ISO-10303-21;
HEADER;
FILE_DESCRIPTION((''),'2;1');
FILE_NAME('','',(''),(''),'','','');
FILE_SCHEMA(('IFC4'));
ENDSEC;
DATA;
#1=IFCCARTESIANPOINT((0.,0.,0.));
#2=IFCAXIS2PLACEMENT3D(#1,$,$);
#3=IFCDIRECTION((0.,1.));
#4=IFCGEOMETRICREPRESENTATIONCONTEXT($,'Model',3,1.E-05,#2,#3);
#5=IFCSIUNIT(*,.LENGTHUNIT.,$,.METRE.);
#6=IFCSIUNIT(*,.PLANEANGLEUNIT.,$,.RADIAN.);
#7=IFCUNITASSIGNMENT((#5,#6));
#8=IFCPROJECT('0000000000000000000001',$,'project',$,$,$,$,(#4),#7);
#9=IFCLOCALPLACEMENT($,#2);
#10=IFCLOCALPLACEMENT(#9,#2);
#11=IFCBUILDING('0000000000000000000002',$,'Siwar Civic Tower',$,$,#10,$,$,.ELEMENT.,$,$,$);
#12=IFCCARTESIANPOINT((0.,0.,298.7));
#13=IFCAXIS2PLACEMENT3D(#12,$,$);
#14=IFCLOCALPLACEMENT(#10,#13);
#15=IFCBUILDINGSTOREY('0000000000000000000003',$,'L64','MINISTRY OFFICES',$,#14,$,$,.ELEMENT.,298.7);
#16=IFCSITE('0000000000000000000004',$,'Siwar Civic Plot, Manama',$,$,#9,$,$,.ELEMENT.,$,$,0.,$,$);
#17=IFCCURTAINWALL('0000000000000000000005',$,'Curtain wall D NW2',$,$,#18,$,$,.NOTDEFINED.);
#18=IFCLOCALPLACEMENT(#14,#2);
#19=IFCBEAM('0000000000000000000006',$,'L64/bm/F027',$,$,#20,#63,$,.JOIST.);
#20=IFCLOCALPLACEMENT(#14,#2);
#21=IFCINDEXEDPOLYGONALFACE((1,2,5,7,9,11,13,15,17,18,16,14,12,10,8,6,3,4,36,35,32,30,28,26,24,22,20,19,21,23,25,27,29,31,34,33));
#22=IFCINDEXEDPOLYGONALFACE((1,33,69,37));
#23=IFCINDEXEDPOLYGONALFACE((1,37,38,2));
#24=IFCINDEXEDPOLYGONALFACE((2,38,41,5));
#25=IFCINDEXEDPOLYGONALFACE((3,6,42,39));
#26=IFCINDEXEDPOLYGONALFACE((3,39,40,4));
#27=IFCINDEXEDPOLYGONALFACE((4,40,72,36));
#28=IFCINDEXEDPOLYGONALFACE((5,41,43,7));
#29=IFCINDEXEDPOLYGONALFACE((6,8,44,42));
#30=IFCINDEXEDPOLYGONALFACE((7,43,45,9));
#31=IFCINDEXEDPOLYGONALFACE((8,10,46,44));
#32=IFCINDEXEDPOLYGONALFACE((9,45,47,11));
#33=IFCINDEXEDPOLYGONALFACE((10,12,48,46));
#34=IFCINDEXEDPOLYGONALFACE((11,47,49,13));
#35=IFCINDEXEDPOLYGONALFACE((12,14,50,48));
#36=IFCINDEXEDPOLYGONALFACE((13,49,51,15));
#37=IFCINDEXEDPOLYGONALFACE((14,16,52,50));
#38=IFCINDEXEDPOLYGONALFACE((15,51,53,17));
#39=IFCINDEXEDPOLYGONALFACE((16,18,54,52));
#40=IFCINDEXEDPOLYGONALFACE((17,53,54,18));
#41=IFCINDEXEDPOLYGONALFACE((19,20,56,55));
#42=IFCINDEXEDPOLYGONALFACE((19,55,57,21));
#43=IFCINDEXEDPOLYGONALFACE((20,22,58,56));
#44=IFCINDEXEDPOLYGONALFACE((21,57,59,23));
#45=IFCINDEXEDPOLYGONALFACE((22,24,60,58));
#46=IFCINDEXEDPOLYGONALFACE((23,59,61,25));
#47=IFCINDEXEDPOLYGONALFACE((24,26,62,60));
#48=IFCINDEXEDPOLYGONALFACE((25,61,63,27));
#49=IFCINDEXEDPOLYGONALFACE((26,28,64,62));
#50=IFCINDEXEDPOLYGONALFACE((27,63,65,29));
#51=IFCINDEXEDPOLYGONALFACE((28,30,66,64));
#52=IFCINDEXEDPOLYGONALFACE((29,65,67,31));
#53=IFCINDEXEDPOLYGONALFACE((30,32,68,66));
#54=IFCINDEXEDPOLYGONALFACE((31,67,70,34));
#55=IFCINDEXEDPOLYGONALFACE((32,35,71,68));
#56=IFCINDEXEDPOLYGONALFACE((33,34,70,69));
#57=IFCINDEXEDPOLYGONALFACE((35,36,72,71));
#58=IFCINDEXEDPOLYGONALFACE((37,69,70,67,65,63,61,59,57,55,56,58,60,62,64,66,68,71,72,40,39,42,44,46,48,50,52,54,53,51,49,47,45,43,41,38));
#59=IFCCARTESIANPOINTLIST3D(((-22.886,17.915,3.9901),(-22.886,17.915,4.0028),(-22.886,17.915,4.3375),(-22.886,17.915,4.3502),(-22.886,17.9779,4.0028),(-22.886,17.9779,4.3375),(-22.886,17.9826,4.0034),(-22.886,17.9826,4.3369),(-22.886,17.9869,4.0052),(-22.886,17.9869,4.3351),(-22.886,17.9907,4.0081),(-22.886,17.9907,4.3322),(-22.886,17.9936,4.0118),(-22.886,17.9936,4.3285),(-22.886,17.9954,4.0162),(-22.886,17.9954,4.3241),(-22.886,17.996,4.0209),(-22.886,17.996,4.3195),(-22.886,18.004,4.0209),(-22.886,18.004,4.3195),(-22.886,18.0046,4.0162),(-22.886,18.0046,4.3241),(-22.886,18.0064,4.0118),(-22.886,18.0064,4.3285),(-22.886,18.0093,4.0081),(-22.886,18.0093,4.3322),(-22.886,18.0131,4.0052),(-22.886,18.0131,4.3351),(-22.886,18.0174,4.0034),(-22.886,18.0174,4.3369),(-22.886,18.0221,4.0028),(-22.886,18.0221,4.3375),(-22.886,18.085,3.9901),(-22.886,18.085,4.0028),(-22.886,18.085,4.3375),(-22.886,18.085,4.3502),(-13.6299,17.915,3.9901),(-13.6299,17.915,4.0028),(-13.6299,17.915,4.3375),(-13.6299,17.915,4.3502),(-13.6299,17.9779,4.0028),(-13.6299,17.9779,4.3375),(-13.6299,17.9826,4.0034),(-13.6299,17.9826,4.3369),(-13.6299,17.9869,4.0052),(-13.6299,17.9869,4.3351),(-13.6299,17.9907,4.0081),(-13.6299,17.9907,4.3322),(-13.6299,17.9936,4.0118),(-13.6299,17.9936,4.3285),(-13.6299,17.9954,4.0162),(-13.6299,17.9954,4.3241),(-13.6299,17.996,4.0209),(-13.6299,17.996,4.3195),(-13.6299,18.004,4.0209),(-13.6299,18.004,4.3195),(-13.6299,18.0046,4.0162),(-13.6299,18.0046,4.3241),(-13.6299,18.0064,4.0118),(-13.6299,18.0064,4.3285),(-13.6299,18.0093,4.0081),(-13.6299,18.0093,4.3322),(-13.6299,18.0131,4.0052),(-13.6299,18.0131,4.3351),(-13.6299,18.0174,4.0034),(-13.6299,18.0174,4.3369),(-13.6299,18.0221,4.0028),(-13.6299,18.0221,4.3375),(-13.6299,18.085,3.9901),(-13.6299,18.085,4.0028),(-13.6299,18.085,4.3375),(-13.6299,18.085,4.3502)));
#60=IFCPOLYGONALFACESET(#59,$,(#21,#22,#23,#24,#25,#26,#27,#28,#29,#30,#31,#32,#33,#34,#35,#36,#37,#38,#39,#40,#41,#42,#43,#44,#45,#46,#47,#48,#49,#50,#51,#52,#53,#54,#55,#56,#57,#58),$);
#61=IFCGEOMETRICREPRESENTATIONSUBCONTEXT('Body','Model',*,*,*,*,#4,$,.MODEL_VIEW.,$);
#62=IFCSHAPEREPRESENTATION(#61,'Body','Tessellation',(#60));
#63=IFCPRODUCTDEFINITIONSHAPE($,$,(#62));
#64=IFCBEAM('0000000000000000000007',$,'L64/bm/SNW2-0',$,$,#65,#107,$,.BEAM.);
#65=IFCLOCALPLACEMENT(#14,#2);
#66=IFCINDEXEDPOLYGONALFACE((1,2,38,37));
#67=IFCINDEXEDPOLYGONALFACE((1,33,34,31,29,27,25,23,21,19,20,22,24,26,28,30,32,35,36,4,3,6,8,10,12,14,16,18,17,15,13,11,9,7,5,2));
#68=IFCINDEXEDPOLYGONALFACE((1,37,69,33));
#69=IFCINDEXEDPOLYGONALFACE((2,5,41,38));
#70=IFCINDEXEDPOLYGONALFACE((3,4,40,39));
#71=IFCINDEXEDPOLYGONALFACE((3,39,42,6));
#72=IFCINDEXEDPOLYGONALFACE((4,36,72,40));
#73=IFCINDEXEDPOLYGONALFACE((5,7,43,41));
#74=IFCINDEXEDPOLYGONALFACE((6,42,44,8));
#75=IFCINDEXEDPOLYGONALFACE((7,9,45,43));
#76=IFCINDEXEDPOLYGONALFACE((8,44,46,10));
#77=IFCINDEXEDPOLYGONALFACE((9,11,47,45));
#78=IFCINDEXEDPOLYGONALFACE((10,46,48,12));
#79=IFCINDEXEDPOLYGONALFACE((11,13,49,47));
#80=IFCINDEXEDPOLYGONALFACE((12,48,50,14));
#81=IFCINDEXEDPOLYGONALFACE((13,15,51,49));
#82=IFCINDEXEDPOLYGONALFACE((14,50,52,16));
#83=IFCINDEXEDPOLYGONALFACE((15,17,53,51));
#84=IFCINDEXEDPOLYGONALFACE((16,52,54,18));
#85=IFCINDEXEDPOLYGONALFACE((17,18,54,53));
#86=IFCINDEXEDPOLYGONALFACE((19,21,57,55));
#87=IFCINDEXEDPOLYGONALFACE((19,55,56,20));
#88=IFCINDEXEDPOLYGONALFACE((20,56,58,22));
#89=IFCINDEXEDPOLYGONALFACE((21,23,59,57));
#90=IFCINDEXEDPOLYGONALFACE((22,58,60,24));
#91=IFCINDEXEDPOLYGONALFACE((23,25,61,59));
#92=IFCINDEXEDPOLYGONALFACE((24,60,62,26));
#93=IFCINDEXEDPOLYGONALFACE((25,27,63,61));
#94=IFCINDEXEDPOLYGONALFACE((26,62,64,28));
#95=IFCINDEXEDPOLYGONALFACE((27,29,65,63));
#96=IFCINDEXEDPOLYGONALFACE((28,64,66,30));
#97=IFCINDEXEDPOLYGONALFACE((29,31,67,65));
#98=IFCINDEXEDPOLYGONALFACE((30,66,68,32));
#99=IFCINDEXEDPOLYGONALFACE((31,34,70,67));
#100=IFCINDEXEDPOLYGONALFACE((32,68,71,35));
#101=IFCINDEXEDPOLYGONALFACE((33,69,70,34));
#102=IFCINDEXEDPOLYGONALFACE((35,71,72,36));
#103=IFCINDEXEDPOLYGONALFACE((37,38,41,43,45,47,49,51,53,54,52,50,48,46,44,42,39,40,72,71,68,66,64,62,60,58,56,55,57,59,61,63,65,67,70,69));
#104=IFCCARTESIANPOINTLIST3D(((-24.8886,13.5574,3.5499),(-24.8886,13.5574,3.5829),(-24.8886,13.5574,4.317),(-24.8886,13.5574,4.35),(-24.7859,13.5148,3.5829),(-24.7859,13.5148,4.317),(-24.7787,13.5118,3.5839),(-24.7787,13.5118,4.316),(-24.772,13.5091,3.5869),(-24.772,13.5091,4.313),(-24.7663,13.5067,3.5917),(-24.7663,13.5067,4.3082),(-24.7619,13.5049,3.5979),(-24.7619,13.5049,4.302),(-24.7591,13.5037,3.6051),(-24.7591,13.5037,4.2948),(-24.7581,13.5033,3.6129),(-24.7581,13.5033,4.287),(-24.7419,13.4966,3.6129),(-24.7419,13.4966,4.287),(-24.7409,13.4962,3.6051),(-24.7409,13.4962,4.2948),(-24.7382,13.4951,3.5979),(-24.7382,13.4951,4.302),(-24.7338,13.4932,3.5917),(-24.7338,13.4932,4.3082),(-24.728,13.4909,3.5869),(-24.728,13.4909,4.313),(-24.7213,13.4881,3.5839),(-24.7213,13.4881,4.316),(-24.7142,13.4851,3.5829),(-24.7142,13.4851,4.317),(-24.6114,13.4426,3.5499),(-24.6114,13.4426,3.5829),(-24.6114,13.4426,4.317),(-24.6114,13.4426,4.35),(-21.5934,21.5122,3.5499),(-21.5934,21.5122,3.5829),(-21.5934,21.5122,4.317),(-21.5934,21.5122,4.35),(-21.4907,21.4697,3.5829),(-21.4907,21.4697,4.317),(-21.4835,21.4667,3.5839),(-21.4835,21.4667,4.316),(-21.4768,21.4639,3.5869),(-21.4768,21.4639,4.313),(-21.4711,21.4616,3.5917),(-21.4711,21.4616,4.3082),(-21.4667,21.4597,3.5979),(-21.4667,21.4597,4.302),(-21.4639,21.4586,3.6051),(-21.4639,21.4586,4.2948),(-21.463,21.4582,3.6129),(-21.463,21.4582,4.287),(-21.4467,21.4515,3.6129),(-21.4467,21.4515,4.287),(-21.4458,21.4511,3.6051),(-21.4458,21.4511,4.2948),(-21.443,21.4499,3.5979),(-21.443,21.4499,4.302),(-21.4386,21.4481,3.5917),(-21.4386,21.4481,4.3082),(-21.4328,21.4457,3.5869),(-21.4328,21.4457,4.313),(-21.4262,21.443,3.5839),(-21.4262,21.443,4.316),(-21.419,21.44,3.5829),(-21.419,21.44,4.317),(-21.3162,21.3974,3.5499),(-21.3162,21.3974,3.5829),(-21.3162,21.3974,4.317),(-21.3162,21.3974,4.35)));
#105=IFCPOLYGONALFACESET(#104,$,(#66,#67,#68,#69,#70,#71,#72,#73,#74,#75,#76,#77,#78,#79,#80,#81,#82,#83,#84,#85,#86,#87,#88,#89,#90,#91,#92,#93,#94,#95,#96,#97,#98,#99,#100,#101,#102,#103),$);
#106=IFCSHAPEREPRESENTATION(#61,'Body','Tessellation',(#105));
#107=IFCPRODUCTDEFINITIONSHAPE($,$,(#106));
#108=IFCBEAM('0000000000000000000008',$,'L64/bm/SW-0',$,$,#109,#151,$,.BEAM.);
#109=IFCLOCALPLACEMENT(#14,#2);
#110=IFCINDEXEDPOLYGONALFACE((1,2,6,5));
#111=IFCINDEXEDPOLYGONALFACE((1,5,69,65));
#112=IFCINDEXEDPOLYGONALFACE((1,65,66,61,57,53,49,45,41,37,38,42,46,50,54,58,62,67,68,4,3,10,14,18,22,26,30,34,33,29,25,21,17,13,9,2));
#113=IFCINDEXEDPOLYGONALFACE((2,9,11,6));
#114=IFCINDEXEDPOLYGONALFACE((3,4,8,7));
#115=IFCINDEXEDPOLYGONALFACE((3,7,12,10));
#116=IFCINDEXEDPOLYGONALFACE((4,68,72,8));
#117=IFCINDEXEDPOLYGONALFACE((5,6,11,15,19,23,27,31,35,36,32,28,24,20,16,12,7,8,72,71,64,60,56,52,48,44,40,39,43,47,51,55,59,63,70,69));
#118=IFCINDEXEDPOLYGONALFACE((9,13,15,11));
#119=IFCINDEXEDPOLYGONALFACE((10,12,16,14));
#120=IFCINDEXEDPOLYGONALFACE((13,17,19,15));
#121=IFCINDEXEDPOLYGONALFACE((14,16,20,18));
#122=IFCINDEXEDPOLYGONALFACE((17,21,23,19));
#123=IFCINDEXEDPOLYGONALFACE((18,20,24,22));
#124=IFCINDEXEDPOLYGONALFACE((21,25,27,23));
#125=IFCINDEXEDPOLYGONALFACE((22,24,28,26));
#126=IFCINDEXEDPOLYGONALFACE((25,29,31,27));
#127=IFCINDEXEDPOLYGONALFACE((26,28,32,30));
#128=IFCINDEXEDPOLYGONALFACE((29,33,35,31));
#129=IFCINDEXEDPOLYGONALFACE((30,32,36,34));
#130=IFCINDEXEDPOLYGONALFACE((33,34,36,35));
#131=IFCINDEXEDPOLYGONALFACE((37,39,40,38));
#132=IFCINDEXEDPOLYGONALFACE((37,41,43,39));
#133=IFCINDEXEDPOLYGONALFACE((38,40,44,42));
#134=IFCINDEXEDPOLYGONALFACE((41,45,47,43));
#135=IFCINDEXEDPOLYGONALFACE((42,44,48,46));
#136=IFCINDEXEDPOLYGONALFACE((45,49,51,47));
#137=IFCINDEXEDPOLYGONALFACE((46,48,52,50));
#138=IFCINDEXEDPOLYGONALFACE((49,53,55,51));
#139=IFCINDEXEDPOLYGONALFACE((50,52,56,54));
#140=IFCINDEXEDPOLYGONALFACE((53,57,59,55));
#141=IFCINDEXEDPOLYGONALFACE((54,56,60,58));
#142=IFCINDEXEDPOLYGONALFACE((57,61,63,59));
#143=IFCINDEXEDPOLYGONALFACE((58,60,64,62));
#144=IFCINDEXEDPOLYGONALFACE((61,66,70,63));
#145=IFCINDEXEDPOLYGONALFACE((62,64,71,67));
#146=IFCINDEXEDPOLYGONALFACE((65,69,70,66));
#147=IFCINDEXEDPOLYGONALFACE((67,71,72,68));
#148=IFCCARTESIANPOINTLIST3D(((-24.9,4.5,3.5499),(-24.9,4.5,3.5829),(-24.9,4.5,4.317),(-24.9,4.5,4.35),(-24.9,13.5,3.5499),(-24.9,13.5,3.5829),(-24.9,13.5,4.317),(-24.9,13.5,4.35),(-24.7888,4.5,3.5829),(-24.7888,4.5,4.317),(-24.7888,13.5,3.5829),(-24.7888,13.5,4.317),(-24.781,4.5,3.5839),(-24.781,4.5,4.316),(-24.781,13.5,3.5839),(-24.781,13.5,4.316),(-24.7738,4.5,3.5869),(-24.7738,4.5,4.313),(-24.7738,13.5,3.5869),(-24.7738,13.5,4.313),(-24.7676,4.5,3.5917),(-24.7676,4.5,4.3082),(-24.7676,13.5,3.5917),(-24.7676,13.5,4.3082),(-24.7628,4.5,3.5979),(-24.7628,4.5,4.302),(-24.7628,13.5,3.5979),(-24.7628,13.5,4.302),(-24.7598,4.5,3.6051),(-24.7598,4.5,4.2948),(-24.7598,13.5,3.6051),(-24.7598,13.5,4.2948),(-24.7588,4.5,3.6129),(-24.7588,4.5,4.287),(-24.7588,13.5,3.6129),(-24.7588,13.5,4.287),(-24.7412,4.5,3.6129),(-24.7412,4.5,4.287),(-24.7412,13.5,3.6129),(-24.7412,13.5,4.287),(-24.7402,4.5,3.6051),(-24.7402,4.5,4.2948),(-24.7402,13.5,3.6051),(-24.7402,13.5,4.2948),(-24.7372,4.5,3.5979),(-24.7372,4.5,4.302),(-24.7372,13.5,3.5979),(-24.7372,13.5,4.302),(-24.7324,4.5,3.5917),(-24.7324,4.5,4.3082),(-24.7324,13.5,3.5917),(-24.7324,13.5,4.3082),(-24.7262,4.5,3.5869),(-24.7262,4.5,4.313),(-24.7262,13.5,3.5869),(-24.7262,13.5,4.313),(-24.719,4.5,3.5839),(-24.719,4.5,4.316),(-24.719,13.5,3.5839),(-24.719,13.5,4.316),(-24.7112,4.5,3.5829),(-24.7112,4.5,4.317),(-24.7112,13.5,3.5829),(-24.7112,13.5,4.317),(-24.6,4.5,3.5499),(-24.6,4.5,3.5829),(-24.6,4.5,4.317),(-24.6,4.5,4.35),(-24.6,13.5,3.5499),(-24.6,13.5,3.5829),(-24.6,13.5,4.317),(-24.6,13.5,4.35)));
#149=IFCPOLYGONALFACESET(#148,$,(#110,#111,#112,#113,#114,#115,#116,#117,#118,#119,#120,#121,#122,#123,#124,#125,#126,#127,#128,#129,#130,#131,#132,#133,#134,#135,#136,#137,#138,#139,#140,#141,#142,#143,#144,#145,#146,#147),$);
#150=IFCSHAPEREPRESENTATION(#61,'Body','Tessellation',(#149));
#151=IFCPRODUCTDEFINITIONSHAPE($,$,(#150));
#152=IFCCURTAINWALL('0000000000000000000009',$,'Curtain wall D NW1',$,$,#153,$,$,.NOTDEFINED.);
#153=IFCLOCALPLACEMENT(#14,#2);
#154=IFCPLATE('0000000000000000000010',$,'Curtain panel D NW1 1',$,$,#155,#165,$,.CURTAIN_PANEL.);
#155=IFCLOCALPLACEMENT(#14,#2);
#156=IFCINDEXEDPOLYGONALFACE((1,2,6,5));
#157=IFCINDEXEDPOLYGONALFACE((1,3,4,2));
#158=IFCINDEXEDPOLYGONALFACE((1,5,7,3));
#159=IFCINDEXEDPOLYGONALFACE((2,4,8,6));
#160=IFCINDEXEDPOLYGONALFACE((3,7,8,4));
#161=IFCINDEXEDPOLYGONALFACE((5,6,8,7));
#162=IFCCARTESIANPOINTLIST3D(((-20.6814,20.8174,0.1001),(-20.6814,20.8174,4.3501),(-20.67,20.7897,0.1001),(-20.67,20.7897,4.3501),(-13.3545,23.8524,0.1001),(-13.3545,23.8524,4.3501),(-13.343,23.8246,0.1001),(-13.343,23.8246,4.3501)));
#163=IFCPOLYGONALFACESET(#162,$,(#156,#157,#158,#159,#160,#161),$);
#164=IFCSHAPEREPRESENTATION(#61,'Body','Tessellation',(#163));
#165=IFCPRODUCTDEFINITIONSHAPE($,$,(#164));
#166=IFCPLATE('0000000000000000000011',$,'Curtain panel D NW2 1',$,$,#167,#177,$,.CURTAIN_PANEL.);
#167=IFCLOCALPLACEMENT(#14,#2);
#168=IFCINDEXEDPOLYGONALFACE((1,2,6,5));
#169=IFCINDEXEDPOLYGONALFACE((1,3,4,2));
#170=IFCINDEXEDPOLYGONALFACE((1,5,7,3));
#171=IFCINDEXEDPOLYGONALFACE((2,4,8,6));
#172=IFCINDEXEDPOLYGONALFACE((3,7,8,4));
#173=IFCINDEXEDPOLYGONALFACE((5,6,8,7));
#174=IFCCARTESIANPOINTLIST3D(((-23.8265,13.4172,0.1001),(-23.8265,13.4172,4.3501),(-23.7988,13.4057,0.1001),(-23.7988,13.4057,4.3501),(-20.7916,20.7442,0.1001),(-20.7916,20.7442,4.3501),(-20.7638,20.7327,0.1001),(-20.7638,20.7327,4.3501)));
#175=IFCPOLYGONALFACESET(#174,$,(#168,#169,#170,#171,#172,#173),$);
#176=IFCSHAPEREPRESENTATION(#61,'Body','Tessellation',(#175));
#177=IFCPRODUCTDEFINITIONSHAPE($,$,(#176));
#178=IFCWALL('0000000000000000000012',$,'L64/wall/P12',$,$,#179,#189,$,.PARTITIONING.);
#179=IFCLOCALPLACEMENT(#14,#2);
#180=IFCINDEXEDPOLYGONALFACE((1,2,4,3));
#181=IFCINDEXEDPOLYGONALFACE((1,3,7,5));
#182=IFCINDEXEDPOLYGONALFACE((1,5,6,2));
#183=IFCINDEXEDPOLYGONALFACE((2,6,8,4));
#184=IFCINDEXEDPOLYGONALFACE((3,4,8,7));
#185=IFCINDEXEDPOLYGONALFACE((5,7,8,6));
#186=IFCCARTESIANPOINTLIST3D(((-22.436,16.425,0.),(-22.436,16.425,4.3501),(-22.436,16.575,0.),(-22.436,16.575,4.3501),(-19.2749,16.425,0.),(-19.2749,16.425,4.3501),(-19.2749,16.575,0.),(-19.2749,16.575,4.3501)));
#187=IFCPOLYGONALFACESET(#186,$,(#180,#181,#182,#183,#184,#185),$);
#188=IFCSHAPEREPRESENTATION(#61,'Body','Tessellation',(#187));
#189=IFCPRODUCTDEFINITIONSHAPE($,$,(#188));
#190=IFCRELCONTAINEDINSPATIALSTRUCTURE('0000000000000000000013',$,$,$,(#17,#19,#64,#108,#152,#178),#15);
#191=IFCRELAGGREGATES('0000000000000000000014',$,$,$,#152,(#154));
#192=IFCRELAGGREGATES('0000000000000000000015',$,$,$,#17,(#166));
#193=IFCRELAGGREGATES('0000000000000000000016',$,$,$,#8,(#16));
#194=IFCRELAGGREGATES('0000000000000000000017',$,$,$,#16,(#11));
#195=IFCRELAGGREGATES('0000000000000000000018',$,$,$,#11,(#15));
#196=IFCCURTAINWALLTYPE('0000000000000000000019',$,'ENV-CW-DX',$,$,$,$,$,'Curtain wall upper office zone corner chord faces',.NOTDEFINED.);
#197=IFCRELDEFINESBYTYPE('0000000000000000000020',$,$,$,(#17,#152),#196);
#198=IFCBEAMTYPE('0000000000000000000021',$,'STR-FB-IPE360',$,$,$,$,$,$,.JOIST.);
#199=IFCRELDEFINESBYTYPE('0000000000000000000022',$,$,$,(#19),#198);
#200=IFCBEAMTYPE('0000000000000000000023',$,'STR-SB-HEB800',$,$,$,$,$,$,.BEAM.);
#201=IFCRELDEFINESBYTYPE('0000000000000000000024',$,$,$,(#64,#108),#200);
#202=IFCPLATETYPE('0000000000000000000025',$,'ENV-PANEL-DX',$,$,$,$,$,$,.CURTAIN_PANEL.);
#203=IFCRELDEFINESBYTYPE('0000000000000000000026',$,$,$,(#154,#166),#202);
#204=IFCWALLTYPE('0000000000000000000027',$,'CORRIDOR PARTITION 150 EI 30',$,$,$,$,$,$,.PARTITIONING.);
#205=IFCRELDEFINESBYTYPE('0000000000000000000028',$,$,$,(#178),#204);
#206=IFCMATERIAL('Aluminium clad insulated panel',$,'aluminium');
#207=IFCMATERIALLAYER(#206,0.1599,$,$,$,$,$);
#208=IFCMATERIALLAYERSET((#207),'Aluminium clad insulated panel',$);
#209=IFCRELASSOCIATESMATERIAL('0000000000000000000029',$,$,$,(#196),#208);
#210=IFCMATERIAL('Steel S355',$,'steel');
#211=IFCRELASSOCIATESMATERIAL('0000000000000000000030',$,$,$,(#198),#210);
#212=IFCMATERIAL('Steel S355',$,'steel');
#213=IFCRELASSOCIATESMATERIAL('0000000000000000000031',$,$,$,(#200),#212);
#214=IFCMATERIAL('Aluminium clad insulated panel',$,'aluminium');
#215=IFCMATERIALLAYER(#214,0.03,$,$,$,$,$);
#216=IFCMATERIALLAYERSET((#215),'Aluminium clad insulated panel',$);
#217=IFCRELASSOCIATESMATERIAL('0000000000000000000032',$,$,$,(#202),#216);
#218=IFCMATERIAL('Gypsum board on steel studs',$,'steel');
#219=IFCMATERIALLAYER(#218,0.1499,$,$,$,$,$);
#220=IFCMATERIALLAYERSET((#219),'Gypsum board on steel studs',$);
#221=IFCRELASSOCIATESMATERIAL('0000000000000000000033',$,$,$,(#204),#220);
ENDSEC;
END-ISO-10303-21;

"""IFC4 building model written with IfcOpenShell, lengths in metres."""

from ifc_helpers import new_model, si_unit, direction, frame, frame_2d, origin, origin_2d, place, context, subcontext, project, spatial, rectangle, i_section, extrude, material, layer, layer_set, material_profile, profile_set, type_object, element, aggregate, save


model = new_model("IFC4")

# Units and contexts
model_context = context("Model", 3, precision=1e-05, world=origin(), true_north=direction((0.0, 1.0)))
body_context = subcontext(model_context, "Body", "Model", "MODEL_VIEW")
ifc_project = project(units=[si_unit("LENGTHUNIT", "METRE"), si_unit("PLANEANGLEUNIT", "RADIAN")], contexts=[model_context])

# Site, building, storey
site_placement = place(None, origin())
site = spatial("IfcSite", under=ifc_project, at=site_placement, Name="Siwar Civic Plot, Manama", CompositionType="ELEMENT", RefElevation=0.0)
building_placement = place(site_placement, origin())
building = spatial("IfcBuilding", under=site, at=building_placement, Name="Siwar Civic Tower", CompositionType="ELEMENT")
storey_placement = place(building_placement, frame((0.0, 0.0, 298.7)))
storey = spatial("IfcBuildingStorey", under=building, at=storey_placement, Name="L64", Description="MINISTRY OFFICES", CompositionType="ELEMENT", Elevation=298.7)

# Curtain wall
ifc_material_1 = material(Name="Aluminium clad insulated panel", Category="aluminium")
ifc_layer_1 = layer(ifc_material_1, 0.1599)
ifc_layer_set_1 = layer_set([ifc_layer_1], Name="Aluminium clad insulated panel")
curtain_wall_type = type_object("IfcCurtainWallType", Name="ENV-CW-DX", ElementType="Curtain wall upper office zone corner chord faces", PredefinedType="NOTDEFINED", material=ifc_layer_set_1)
curtain_wall_1_placement = place(storey_placement, origin())
curtain_wall_1 = element("IfcCurtainWall", 1, at=curtain_wall_1_placement, inside=storey, type_object=curtain_wall_type, Name="Curtain wall D NW2", PredefinedType="NOTDEFINED")

# Beams
ifc_material_2 = material(Name="Steel S355", Category="steel")
ifc_material_profile_1 = material_profile(ifc_material_2, i_section(OverallWidth=0.1699, OverallDepth=0.3601, WebThickness=0.0081, FlangeThickness=0.0127, FilletRadius=0.0181, at=origin_2d()), Name="IPE360")
ifc_profile_set_1 = profile_set([ifc_material_profile_1], Name="Steel S355")
beam_type_1 = type_object("IfcBeamType", Name="STR-FB-IPE360", PredefinedType="JOIST", material=ifc_profile_set_1)
beam_1_placement = place(storey_placement, frame((-22.886, 18.0, 4.1702), z_axis=(1.0, 0.0, 0.0), x_axis=(0.0, 1.0, 0.0)))
element("IfcBeam", 2, at=beam_1_placement, inside=storey, type_object=beam_type_1, Name="L64/bm/F027", PredefinedType="JOIST", context=body_context, shape_type="SweptSolid", body=[
    extrude(i_section(OverallWidth=0.1699, OverallDepth=0.3601, WebThickness=0.0081, FlangeThickness=0.0127, FilletRadius=0.0181, at=origin_2d()), origin(), (0.0, 0.0, 1.0), 9.2561),
])
ifc_material_3 = material(Name="Steel S355", Category="steel")
ifc_material_profile_2 = material_profile(ifc_material_3, i_section(OverallWidth=0.3, OverallDepth=0.8, WebThickness=0.0176, FlangeThickness=0.033, FilletRadius=0.03, at=origin_2d()), Name="HEB800")
ifc_profile_set_2 = profile_set([ifc_material_profile_2], Name="Steel S355")
beam_type_2 = type_object("IfcBeamType", Name="STR-SB-HEB800", PredefinedType="BEAM", material=ifc_profile_set_2)
beam_2_placement = place(storey_placement, frame((-21.4548, 21.4548, 3.95), z_axis=(-0.3827, -0.923873, 0.0), x_axis=(0.923873, -0.3827, 0.0)))
element("IfcBeam", 3, at=beam_2_placement, inside=storey, type_object=beam_type_2, Name="L64/bm/SNW2-0", PredefinedType="BEAM", context=body_context, shape_type="SweptSolid", body=[
    extrude(i_section(OverallWidth=0.3, OverallDepth=0.8, WebThickness=0.0176, FlangeThickness=0.033, FilletRadius=0.03, at=origin_2d()), origin(), (0.0, 0.0, 1.0), 8.6104),
])
beam_3_placement = place(storey_placement, frame((-24.75, 13.5, 3.95), z_axis=(0.0, -1.0, 0.0), x_axis=(1.0, 0.0, 0.0)))
element("IfcBeam", 4, at=beam_3_placement, inside=storey, type_object=beam_type_2, Name="L64/bm/SW-0", PredefinedType="BEAM", context=body_context, shape_type="SweptSolid", body=[
    extrude(i_section(OverallWidth=0.3, OverallDepth=0.8, WebThickness=0.0176, FlangeThickness=0.033, FilletRadius=0.03, at=origin_2d()), origin(), (0.0, 0.0, 1.0), 9.0),
])

# Curtain wall, plate
curtain_wall_2_placement = place(storey_placement, origin())
curtain_wall_2 = element("IfcCurtainWall", 5, at=curtain_wall_2_placement, inside=storey, type_object=curtain_wall_type, Name="Curtain wall D NW1", PredefinedType="NOTDEFINED")
ifc_material_4 = material(Name="Aluminium clad insulated panel", Category="aluminium")
ifc_layer_2 = layer(ifc_material_4, 0.03)
ifc_layer_set_2 = layer_set([ifc_layer_2], Name="Aluminium clad insulated panel")
plate_type = type_object("IfcPlateType", Name="ENV-PANEL-DX", PredefinedType="CURTAIN_PANEL", material=ifc_layer_set_2)
plate_1_placement = place(storey_placement, frame((-17.0122, 22.321, 0.1001), z_axis=(0.0, 0.0, 1.0), x_axis=(-0.92388, -0.382683, 0.0)))
plate_1 = element("IfcPlate", 6, at=plate_1_placement, type_object=plate_type, Name="Curtain panel D NW1 1", PredefinedType="CURTAIN_PANEL", context=body_context, shape_type="SweptSolid", body=[
    extrude(rectangle(XDim=7.9307, YDim=0.03, at=origin_2d()), origin(), (0.0, 0.0, 1.0), 4.25),
])
aggregate(curtain_wall_2, [plate_1])

# Plate
plate_2_placement = place(storey_placement, frame((-22.2952, 17.075, 0.1001), z_axis=(0.0, 0.0, 1.0), x_axis=(-0.382683, -0.92388, 0.0)))
plate_2 = element("IfcPlate", 7, at=plate_2_placement, type_object=plate_type, Name="Curtain panel D NW2 1", PredefinedType="CURTAIN_PANEL", context=body_context, shape_type="SweptSolid", body=[
    extrude(rectangle(XDim=7.9307, YDim=0.03, at=origin_2d()), origin(), (0.0, 0.0, 1.0), 4.25),
])
aggregate(curtain_wall_1, [plate_2])

# Wall
ifc_material_5 = material(Name="Gypsum board on steel studs", Category="steel")
ifc_layer_3 = layer(ifc_material_5, 0.1499)
ifc_layer_set_3 = layer_set([ifc_layer_3], Name="Gypsum board on steel studs")
wall_type = type_object("IfcWallType", Name="CORRIDOR PARTITION 150 EI 30", PredefinedType="PARTITIONING", material=ifc_layer_set_3)
wall_1_placement = place(storey_placement, frame((-22.436, 16.5, 0.0), z_axis=(0.0, 0.0, 1.0), x_axis=(1.0, 0.0, 0.0)))
element("IfcWall", 8, at=wall_1_placement, inside=storey, type_object=wall_type, Name="L64/wall/P12", PredefinedType="PARTITIONING", context=body_context, shape_type="SweptSolid", body=[
    extrude(rectangle(XDim=3.1611, YDim=0.1499, at=frame_2d((1.5806, 0.0))), origin(), (0.0, 0.0, 1.0), 4.3501),
])

save(model, "model.ifc")
